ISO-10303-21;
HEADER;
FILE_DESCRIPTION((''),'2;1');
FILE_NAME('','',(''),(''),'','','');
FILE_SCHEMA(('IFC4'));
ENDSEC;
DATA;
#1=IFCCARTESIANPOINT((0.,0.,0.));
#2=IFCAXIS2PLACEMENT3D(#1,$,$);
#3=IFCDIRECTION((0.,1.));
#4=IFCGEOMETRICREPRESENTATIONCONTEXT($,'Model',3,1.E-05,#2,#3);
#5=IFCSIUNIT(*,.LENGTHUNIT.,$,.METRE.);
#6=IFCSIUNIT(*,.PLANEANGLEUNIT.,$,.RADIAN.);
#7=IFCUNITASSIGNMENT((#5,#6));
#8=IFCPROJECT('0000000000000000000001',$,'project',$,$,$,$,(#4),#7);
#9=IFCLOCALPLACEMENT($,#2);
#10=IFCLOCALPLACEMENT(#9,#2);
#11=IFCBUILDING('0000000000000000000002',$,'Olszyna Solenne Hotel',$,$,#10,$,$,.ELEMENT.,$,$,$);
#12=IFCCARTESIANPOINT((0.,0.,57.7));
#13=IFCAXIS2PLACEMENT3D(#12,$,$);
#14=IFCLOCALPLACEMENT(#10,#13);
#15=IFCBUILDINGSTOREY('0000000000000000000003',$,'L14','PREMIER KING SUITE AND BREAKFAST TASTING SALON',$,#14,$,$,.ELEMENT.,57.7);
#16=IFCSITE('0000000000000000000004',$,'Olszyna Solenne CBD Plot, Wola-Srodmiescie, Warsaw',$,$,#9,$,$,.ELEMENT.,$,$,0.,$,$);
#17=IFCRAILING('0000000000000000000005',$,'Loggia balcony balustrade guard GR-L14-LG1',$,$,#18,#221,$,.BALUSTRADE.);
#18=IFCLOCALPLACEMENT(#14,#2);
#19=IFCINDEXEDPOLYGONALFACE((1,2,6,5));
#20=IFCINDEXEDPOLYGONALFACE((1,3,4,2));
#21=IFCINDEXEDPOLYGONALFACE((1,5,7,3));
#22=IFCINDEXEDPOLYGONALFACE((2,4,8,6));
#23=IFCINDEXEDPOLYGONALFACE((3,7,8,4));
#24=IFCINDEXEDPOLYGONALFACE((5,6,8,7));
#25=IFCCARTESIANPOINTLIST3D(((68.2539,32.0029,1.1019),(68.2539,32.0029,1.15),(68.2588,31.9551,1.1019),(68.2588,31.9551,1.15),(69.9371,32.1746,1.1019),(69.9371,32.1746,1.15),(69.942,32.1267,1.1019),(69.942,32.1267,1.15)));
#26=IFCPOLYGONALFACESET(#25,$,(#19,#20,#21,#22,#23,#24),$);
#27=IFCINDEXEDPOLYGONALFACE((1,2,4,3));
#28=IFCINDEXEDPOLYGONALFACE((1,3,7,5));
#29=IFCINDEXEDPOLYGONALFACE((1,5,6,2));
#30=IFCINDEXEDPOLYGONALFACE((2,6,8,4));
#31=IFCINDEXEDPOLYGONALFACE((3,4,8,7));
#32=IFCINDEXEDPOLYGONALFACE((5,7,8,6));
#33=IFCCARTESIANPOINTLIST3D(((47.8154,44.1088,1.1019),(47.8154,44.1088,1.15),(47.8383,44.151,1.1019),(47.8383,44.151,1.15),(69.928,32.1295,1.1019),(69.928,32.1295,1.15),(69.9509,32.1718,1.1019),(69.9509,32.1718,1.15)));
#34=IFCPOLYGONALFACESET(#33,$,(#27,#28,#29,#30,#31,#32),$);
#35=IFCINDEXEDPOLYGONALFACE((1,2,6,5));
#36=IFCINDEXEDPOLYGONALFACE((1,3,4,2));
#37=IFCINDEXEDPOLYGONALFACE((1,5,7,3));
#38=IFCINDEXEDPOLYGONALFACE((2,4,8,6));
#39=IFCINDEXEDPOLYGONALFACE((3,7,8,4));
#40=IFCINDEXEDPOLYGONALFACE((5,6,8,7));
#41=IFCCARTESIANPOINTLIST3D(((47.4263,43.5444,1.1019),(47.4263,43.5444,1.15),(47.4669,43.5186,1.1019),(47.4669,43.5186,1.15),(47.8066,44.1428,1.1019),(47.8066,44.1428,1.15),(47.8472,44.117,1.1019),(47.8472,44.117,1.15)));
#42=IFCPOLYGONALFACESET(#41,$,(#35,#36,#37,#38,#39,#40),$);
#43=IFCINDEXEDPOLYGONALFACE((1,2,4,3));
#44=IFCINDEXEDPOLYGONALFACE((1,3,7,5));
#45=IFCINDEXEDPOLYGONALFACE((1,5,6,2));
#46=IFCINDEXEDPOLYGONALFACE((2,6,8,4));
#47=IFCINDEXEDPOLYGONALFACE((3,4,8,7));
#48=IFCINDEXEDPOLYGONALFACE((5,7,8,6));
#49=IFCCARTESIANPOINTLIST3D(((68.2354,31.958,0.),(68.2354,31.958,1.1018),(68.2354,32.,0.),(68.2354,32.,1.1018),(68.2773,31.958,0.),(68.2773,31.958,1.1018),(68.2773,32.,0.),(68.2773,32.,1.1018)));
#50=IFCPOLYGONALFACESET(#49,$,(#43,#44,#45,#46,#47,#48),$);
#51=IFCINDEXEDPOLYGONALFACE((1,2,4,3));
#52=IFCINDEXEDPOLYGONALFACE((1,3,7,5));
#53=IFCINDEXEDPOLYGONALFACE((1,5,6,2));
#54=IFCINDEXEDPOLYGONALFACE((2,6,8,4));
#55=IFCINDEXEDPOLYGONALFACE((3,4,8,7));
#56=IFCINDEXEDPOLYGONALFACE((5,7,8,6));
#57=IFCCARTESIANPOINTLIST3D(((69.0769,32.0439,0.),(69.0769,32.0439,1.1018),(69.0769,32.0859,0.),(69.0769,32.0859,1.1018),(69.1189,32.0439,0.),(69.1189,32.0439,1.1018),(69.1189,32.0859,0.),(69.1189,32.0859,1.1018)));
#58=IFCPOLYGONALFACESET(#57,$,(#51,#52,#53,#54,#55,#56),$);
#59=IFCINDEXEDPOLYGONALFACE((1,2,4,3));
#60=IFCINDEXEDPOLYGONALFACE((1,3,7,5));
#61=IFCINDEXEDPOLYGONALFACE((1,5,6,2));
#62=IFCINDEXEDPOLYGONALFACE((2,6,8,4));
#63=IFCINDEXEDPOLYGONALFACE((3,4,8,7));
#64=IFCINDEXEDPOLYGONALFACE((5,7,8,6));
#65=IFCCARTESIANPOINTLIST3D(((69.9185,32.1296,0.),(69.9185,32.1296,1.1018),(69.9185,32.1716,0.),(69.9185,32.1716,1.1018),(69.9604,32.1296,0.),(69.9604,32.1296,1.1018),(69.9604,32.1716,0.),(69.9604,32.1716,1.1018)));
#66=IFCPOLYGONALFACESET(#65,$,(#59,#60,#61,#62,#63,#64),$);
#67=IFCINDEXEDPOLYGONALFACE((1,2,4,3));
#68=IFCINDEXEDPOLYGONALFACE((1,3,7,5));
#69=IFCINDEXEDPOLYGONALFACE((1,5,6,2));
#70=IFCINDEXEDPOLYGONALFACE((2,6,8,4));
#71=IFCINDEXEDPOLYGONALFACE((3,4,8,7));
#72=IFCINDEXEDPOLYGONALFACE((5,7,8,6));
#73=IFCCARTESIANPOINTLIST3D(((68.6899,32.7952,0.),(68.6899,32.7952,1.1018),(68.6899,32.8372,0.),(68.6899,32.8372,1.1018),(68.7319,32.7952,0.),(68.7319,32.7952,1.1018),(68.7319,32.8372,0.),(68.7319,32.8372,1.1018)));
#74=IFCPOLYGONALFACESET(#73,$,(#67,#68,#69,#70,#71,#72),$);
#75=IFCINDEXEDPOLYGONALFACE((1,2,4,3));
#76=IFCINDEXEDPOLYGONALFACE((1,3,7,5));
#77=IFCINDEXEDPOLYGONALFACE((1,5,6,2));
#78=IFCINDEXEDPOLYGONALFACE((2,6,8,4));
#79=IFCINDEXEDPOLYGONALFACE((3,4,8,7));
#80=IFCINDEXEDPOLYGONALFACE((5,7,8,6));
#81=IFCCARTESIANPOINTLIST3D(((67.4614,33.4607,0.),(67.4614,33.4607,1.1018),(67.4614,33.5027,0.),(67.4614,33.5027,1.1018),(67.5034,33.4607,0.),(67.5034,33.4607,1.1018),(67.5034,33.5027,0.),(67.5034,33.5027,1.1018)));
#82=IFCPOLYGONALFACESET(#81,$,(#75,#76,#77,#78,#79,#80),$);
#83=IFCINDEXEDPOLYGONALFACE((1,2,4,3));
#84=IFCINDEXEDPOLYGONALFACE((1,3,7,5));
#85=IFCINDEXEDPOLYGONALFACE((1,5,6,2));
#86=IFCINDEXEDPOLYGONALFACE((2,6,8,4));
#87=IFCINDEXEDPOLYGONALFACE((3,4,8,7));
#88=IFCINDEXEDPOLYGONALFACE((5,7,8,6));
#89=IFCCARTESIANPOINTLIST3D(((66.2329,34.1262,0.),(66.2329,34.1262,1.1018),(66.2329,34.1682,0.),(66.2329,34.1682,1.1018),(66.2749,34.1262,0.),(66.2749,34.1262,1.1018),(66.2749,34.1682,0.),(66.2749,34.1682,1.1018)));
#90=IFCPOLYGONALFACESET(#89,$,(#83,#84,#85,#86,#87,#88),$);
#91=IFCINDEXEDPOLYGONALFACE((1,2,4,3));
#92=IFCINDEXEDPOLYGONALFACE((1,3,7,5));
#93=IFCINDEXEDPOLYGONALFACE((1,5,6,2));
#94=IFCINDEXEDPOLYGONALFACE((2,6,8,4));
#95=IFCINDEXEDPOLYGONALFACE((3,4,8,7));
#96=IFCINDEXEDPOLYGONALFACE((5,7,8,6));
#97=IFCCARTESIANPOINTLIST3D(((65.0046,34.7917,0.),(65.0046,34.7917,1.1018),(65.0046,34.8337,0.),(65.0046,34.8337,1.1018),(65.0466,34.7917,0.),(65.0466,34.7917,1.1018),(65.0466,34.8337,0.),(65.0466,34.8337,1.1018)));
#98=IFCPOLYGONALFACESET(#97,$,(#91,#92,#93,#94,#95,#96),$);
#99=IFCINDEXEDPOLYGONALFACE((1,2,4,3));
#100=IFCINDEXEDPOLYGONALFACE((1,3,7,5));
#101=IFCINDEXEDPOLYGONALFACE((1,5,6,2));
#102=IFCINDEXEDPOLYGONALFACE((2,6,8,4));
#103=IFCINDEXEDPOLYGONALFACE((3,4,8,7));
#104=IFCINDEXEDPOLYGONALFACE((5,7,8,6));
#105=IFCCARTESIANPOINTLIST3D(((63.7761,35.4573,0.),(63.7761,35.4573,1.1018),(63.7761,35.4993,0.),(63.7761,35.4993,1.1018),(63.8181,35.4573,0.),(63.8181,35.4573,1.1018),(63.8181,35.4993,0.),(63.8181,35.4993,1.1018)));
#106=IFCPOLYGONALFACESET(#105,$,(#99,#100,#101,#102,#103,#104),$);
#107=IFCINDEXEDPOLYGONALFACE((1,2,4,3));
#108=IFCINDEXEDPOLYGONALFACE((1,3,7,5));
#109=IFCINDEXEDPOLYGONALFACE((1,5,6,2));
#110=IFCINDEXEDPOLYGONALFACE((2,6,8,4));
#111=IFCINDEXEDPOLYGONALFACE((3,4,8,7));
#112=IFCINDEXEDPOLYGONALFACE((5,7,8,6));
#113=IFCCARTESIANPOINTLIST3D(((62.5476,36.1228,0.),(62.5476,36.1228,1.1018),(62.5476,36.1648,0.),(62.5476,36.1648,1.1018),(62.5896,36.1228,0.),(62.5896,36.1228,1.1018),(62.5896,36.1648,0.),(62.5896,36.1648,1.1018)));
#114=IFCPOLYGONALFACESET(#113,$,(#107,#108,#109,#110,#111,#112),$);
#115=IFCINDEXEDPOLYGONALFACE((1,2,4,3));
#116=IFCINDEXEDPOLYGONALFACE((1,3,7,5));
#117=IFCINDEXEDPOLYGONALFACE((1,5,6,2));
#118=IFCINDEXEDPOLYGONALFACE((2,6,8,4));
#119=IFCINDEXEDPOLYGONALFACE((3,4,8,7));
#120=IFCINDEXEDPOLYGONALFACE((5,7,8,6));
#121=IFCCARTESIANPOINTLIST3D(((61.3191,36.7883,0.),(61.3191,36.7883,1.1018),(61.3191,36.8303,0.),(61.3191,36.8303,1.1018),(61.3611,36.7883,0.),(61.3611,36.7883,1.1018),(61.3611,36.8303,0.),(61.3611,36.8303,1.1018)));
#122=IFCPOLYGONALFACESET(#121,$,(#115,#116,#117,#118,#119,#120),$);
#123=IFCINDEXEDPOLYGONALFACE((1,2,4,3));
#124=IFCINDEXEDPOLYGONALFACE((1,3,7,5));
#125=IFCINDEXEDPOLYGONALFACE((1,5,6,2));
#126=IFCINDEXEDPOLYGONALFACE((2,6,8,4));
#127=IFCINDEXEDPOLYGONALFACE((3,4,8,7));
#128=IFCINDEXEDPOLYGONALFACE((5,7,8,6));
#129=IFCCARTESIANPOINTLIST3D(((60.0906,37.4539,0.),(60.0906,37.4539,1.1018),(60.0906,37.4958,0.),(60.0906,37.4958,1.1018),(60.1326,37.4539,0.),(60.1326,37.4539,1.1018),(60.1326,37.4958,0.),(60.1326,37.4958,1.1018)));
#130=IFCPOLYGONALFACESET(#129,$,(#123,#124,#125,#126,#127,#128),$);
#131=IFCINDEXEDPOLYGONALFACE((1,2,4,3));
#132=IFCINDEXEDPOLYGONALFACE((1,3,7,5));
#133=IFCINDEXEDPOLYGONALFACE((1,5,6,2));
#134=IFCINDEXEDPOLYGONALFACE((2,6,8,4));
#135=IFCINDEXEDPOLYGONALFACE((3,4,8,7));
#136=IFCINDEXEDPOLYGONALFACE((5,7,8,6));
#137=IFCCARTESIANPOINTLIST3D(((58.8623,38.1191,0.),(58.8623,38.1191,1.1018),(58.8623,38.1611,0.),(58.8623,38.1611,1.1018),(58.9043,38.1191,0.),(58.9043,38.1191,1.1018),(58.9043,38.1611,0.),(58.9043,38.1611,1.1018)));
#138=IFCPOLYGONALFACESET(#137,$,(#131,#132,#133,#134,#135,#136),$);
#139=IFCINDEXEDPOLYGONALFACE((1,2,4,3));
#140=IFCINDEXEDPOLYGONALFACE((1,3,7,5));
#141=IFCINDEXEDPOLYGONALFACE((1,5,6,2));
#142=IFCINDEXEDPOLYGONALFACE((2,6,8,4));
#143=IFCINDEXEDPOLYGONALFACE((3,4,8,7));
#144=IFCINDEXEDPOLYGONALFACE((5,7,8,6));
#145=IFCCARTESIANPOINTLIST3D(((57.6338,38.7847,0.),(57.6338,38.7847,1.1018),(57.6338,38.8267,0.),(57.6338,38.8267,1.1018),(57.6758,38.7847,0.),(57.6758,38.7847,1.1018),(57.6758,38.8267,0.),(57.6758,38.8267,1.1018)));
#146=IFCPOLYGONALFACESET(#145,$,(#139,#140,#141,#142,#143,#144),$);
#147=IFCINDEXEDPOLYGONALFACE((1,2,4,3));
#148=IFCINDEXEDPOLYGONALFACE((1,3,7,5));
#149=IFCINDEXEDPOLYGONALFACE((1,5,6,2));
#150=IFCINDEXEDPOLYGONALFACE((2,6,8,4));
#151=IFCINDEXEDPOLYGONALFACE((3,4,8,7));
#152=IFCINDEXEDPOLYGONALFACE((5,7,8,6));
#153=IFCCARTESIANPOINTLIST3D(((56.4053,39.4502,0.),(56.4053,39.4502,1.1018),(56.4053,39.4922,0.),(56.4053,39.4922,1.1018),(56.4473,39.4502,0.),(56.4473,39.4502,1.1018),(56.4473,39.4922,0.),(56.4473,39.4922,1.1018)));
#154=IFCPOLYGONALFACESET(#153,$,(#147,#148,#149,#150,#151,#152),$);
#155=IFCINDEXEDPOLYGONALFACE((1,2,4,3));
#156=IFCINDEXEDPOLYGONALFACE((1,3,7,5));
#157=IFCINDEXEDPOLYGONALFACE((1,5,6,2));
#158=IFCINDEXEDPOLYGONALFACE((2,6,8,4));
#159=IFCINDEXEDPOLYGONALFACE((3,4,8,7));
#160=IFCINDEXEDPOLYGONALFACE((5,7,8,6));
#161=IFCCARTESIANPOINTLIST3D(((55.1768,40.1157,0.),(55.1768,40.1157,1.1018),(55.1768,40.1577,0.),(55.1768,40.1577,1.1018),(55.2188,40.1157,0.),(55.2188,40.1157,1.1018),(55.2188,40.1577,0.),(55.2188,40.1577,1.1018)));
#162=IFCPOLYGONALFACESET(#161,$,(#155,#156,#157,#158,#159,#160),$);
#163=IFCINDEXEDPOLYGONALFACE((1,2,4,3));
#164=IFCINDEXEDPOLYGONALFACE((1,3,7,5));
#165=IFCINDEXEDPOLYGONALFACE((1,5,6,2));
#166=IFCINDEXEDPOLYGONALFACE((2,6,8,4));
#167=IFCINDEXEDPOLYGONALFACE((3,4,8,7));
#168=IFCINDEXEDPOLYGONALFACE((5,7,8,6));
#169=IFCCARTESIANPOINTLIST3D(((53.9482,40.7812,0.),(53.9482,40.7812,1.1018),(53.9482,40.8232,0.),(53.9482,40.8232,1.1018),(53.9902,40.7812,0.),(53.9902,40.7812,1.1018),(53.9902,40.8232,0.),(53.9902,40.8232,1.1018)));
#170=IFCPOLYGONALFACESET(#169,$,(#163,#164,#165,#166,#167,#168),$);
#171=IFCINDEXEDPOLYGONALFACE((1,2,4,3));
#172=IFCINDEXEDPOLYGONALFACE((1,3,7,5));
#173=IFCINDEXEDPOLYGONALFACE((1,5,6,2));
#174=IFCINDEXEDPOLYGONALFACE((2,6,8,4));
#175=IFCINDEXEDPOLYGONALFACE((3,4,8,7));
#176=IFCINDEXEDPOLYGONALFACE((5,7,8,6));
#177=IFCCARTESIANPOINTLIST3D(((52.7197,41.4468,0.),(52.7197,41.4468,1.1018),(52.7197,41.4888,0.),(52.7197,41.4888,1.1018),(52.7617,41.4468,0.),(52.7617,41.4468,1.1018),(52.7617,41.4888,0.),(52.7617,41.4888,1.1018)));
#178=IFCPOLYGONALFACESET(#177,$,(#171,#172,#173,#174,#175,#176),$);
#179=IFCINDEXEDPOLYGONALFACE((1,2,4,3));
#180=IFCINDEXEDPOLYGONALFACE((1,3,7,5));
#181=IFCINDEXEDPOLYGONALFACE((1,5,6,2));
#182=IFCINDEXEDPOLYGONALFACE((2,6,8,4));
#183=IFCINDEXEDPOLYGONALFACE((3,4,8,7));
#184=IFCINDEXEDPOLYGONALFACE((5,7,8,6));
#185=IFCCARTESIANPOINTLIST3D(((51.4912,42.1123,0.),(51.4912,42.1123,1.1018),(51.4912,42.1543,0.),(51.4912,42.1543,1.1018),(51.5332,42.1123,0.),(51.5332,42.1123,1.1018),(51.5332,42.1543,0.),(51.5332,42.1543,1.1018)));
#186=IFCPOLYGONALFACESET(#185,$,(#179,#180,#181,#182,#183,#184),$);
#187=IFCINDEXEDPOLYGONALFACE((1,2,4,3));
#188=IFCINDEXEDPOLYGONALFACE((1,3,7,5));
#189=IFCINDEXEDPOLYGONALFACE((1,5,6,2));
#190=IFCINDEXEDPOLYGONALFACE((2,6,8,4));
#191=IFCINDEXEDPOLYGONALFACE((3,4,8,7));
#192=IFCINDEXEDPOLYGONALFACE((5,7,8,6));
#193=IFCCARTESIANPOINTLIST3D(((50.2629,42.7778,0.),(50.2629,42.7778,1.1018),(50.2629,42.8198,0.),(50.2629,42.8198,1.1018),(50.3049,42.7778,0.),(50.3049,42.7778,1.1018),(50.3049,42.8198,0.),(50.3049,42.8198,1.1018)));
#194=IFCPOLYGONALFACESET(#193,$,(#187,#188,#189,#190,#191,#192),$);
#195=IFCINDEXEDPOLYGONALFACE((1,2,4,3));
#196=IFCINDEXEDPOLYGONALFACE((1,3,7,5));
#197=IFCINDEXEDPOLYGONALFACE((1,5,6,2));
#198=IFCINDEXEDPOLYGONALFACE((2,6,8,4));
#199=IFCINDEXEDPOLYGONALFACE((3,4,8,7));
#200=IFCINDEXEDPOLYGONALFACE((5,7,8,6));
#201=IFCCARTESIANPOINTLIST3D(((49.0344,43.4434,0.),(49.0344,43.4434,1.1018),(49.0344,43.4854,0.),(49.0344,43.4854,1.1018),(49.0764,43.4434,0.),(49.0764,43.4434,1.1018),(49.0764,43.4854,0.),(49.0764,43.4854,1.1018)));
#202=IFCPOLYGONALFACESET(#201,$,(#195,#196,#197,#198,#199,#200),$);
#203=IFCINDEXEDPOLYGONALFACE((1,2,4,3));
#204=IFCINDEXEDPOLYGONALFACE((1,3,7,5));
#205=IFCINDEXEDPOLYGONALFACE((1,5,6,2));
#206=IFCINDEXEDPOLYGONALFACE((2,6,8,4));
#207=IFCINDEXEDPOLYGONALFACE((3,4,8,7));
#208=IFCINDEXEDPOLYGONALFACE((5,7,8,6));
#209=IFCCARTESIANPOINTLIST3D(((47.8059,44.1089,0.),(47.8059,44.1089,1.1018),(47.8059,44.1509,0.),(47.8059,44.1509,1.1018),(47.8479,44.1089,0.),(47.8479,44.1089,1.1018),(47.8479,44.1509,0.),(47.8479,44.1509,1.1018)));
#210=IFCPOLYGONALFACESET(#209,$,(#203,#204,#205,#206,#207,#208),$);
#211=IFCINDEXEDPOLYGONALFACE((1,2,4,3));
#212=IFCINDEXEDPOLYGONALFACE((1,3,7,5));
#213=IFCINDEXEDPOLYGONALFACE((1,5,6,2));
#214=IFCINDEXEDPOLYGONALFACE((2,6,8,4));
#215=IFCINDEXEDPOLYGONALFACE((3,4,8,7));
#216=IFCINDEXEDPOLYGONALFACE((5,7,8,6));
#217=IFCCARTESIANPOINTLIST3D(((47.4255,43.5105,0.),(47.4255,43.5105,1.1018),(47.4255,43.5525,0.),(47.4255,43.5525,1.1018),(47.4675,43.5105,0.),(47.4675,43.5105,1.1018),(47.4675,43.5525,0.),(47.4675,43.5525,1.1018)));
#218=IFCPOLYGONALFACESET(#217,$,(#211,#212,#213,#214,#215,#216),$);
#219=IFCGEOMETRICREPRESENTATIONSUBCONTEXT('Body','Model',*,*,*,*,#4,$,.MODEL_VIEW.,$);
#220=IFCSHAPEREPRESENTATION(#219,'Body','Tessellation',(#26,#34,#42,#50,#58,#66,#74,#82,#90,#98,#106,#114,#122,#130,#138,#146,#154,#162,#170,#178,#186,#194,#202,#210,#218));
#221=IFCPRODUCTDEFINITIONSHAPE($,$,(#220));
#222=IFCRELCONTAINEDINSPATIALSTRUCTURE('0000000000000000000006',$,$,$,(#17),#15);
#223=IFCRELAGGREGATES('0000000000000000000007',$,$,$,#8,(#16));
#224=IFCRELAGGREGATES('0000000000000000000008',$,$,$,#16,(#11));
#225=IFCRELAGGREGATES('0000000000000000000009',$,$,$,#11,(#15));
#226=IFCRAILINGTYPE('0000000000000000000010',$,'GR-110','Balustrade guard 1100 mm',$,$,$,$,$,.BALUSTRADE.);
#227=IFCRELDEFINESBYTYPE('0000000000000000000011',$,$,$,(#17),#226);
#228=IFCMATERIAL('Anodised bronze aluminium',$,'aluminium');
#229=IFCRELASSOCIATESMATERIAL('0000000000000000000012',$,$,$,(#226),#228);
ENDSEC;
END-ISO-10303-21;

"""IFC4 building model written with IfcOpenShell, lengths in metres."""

from ifc_helpers import new_model, si_unit, direction, frame, origin, origin_2d, place, context, subcontext, project, spatial, rectangle, extrude, material, type_object, element, save


model = new_model("IFC4")

# Units and contexts
model_context = context("Model", 3, precision=1e-05, world=origin(), true_north=direction((0.0, 1.0)))
body_context = subcontext(model_context, "Body", "Model", "MODEL_VIEW")
ifc_project = project(units=[si_unit("LENGTHUNIT", "METRE"), si_unit("PLANEANGLEUNIT", "RADIAN")], contexts=[model_context])

# Site, building, storey
site_placement = place(None, origin())
site = spatial("IfcSite", under=ifc_project, at=site_placement, Name="Olszyna Solenne CBD Plot, Wola-Srodmiescie, Warsaw", CompositionType="ELEMENT", RefElevation=0.0)
building_placement = place(site_placement, origin())
building = spatial("IfcBuilding", under=site, at=building_placement, Name="Olszyna Solenne Hotel", CompositionType="ELEMENT")
storey_placement = place(building_placement, frame((0.0, 0.0, 57.7)))
storey = spatial("IfcBuildingStorey", under=building, at=storey_placement, Name="L14", Description="PREMIER KING SUITE AND BREAKFAST TASTING SALON", CompositionType="ELEMENT", Elevation=57.7)

# Shared definitions
ifc_material_1 = material(Name="Anodised bronze aluminium", Category="aluminium")

# Railing
railing_type = type_object("IfcRailingType", Name="GR-110", Description="Balustrade guard 1100 mm", PredefinedType="BALUSTRADE", material=ifc_material_1)
railing_placement = place(storey_placement, frame((68.2563, 31.979, 0.0)))
element("IfcRailing", 1, at=railing_placement, inside=storey, type_object=railing_type, Name="Loggia balcony balustrade guard GR-L14-LG1", PredefinedType="BALUSTRADE", context=body_context, shape_type="SweptSolid", body=[
    extrude(rectangle(XDim=0.0481, YDim=0.0481, at=origin_2d()), frame((0.0, 0.0, 1.126), z_axis=(0.994841, 0.101447, 0.0), x_axis=(-0.101447, 0.994841, 0.0)), (0.0, 0.0, 1.0), 1.6919),
    extrude(rectangle(XDim=0.0481, YDim=0.0481, at=origin_2d()), frame((1.6831, 0.1716, 1.126), z_axis=(-0.879265, 0.476333, 0.0), x_axis=(-0.476333, -0.879265, 0.0)), (0.0, 0.0, 1.0), 25.1489),
    extrude(rectangle(XDim=0.0481, YDim=0.0481, at=origin_2d()), frame((-20.4294, 12.1509, 1.126), z_axis=(-0.536452, -0.843931, 0.0), x_axis=(0.843931, -0.536452, 0.0)), (0.0, 0.0, 1.0), 0.709),
    extrude(rectangle(XDim=0.042, YDim=0.042, at=origin_2d()), origin(), (0.0, 0.0, 1.0), 1.1018),
    extrude(rectangle(XDim=0.042, YDim=0.042, at=origin_2d()), frame((0.8416, 0.0859, 0.0)), (0.0, 0.0, 1.0), 1.1018),
    extrude(rectangle(XDim=0.042, YDim=0.042, at=origin_2d()), frame((1.6831, 0.1716, 0.0)), (0.0, 0.0, 1.0), 1.1018),
    extrude(rectangle(XDim=0.042, YDim=0.042, at=origin_2d()), frame((0.4546, 0.8372, 0.0)), (0.0, 0.0, 1.0), 1.1018),
    extrude(rectangle(XDim=0.042, YDim=0.042, at=origin_2d()), frame((-0.7739, 1.5027, 0.0)), (0.0, 0.0, 1.0), 1.1018),
    extrude(rectangle(XDim=0.042, YDim=0.042, at=origin_2d()), frame((-2.0024, 2.1682, 0.0)), (0.0, 0.0, 1.0), 1.1018),
    extrude(rectangle(XDim=0.042, YDim=0.042, at=origin_2d()), frame((-3.2307, 2.8337, 0.0)), (0.0, 0.0, 1.0), 1.1018),
    extrude(rectangle(XDim=0.042, YDim=0.042, at=origin_2d()), frame((-4.4592, 3.4993, 0.0)), (0.0, 0.0, 1.0), 1.1018),
    extrude(rectangle(XDim=0.042, YDim=0.042, at=origin_2d()), frame((-5.6877, 4.1648, 0.0)), (0.0, 0.0, 1.0), 1.1018),
    extrude(rectangle(XDim=0.042, YDim=0.042, at=origin_2d()), frame((-6.9163, 4.8303, 0.0)), (0.0, 0.0, 1.0), 1.1018),
    extrude(rectangle(XDim=0.042, YDim=0.042, at=origin_2d()), frame((-8.1448, 5.4958, 0.0)), (0.0, 0.0, 1.0), 1.1018),
    extrude(rectangle(XDim=0.042, YDim=0.042, at=origin_2d()), frame((-9.373, 6.1611, 0.0)), (0.0, 0.0, 1.0), 1.1018),
    extrude(rectangle(XDim=0.042, YDim=0.042, at=origin_2d()), frame((-10.6016, 6.8267, 0.0)), (0.0, 0.0, 1.0), 1.1018),
    extrude(rectangle(XDim=0.042, YDim=0.042, at=origin_2d()), frame((-11.8301, 7.4922, 0.0)), (0.0, 0.0, 1.0), 1.1018),
    extrude(rectangle(XDim=0.042, YDim=0.042, at=origin_2d()), frame((-13.0586, 8.1577, 0.0)), (0.0, 0.0, 1.0), 1.1018),
    extrude(rectangle(XDim=0.042, YDim=0.042, at=origin_2d()), frame((-14.2871, 8.8232, 0.0)), (0.0, 0.0, 1.0), 1.1018),
    extrude(rectangle(XDim=0.042, YDim=0.042, at=origin_2d()), frame((-15.5156, 9.4888, 0.0)), (0.0, 0.0, 1.0), 1.1018),
    extrude(rectangle(XDim=0.042, YDim=0.042, at=origin_2d()), frame((-16.7441, 10.1543, 0.0)), (0.0, 0.0, 1.0), 1.1018),
    extrude(rectangle(XDim=0.042, YDim=0.042, at=origin_2d()), frame((-17.9724, 10.8198, 0.0)), (0.0, 0.0, 1.0), 1.1018),
    extrude(rectangle(XDim=0.042, YDim=0.042, at=origin_2d()), frame((-19.2009, 11.4854, 0.0)), (0.0, 0.0, 1.0), 1.1018),
    extrude(rectangle(XDim=0.042, YDim=0.042, at=origin_2d()), frame((-20.4294, 12.1509, 0.0)), (0.0, 0.0, 1.0), 1.1018),
    extrude(rectangle(XDim=0.042, YDim=0.042, at=origin_2d()), frame((-20.8098, 11.5525, 0.0)), (0.0, 0.0, 1.0), 1.1018),
])

save(model, "model.ifc")
